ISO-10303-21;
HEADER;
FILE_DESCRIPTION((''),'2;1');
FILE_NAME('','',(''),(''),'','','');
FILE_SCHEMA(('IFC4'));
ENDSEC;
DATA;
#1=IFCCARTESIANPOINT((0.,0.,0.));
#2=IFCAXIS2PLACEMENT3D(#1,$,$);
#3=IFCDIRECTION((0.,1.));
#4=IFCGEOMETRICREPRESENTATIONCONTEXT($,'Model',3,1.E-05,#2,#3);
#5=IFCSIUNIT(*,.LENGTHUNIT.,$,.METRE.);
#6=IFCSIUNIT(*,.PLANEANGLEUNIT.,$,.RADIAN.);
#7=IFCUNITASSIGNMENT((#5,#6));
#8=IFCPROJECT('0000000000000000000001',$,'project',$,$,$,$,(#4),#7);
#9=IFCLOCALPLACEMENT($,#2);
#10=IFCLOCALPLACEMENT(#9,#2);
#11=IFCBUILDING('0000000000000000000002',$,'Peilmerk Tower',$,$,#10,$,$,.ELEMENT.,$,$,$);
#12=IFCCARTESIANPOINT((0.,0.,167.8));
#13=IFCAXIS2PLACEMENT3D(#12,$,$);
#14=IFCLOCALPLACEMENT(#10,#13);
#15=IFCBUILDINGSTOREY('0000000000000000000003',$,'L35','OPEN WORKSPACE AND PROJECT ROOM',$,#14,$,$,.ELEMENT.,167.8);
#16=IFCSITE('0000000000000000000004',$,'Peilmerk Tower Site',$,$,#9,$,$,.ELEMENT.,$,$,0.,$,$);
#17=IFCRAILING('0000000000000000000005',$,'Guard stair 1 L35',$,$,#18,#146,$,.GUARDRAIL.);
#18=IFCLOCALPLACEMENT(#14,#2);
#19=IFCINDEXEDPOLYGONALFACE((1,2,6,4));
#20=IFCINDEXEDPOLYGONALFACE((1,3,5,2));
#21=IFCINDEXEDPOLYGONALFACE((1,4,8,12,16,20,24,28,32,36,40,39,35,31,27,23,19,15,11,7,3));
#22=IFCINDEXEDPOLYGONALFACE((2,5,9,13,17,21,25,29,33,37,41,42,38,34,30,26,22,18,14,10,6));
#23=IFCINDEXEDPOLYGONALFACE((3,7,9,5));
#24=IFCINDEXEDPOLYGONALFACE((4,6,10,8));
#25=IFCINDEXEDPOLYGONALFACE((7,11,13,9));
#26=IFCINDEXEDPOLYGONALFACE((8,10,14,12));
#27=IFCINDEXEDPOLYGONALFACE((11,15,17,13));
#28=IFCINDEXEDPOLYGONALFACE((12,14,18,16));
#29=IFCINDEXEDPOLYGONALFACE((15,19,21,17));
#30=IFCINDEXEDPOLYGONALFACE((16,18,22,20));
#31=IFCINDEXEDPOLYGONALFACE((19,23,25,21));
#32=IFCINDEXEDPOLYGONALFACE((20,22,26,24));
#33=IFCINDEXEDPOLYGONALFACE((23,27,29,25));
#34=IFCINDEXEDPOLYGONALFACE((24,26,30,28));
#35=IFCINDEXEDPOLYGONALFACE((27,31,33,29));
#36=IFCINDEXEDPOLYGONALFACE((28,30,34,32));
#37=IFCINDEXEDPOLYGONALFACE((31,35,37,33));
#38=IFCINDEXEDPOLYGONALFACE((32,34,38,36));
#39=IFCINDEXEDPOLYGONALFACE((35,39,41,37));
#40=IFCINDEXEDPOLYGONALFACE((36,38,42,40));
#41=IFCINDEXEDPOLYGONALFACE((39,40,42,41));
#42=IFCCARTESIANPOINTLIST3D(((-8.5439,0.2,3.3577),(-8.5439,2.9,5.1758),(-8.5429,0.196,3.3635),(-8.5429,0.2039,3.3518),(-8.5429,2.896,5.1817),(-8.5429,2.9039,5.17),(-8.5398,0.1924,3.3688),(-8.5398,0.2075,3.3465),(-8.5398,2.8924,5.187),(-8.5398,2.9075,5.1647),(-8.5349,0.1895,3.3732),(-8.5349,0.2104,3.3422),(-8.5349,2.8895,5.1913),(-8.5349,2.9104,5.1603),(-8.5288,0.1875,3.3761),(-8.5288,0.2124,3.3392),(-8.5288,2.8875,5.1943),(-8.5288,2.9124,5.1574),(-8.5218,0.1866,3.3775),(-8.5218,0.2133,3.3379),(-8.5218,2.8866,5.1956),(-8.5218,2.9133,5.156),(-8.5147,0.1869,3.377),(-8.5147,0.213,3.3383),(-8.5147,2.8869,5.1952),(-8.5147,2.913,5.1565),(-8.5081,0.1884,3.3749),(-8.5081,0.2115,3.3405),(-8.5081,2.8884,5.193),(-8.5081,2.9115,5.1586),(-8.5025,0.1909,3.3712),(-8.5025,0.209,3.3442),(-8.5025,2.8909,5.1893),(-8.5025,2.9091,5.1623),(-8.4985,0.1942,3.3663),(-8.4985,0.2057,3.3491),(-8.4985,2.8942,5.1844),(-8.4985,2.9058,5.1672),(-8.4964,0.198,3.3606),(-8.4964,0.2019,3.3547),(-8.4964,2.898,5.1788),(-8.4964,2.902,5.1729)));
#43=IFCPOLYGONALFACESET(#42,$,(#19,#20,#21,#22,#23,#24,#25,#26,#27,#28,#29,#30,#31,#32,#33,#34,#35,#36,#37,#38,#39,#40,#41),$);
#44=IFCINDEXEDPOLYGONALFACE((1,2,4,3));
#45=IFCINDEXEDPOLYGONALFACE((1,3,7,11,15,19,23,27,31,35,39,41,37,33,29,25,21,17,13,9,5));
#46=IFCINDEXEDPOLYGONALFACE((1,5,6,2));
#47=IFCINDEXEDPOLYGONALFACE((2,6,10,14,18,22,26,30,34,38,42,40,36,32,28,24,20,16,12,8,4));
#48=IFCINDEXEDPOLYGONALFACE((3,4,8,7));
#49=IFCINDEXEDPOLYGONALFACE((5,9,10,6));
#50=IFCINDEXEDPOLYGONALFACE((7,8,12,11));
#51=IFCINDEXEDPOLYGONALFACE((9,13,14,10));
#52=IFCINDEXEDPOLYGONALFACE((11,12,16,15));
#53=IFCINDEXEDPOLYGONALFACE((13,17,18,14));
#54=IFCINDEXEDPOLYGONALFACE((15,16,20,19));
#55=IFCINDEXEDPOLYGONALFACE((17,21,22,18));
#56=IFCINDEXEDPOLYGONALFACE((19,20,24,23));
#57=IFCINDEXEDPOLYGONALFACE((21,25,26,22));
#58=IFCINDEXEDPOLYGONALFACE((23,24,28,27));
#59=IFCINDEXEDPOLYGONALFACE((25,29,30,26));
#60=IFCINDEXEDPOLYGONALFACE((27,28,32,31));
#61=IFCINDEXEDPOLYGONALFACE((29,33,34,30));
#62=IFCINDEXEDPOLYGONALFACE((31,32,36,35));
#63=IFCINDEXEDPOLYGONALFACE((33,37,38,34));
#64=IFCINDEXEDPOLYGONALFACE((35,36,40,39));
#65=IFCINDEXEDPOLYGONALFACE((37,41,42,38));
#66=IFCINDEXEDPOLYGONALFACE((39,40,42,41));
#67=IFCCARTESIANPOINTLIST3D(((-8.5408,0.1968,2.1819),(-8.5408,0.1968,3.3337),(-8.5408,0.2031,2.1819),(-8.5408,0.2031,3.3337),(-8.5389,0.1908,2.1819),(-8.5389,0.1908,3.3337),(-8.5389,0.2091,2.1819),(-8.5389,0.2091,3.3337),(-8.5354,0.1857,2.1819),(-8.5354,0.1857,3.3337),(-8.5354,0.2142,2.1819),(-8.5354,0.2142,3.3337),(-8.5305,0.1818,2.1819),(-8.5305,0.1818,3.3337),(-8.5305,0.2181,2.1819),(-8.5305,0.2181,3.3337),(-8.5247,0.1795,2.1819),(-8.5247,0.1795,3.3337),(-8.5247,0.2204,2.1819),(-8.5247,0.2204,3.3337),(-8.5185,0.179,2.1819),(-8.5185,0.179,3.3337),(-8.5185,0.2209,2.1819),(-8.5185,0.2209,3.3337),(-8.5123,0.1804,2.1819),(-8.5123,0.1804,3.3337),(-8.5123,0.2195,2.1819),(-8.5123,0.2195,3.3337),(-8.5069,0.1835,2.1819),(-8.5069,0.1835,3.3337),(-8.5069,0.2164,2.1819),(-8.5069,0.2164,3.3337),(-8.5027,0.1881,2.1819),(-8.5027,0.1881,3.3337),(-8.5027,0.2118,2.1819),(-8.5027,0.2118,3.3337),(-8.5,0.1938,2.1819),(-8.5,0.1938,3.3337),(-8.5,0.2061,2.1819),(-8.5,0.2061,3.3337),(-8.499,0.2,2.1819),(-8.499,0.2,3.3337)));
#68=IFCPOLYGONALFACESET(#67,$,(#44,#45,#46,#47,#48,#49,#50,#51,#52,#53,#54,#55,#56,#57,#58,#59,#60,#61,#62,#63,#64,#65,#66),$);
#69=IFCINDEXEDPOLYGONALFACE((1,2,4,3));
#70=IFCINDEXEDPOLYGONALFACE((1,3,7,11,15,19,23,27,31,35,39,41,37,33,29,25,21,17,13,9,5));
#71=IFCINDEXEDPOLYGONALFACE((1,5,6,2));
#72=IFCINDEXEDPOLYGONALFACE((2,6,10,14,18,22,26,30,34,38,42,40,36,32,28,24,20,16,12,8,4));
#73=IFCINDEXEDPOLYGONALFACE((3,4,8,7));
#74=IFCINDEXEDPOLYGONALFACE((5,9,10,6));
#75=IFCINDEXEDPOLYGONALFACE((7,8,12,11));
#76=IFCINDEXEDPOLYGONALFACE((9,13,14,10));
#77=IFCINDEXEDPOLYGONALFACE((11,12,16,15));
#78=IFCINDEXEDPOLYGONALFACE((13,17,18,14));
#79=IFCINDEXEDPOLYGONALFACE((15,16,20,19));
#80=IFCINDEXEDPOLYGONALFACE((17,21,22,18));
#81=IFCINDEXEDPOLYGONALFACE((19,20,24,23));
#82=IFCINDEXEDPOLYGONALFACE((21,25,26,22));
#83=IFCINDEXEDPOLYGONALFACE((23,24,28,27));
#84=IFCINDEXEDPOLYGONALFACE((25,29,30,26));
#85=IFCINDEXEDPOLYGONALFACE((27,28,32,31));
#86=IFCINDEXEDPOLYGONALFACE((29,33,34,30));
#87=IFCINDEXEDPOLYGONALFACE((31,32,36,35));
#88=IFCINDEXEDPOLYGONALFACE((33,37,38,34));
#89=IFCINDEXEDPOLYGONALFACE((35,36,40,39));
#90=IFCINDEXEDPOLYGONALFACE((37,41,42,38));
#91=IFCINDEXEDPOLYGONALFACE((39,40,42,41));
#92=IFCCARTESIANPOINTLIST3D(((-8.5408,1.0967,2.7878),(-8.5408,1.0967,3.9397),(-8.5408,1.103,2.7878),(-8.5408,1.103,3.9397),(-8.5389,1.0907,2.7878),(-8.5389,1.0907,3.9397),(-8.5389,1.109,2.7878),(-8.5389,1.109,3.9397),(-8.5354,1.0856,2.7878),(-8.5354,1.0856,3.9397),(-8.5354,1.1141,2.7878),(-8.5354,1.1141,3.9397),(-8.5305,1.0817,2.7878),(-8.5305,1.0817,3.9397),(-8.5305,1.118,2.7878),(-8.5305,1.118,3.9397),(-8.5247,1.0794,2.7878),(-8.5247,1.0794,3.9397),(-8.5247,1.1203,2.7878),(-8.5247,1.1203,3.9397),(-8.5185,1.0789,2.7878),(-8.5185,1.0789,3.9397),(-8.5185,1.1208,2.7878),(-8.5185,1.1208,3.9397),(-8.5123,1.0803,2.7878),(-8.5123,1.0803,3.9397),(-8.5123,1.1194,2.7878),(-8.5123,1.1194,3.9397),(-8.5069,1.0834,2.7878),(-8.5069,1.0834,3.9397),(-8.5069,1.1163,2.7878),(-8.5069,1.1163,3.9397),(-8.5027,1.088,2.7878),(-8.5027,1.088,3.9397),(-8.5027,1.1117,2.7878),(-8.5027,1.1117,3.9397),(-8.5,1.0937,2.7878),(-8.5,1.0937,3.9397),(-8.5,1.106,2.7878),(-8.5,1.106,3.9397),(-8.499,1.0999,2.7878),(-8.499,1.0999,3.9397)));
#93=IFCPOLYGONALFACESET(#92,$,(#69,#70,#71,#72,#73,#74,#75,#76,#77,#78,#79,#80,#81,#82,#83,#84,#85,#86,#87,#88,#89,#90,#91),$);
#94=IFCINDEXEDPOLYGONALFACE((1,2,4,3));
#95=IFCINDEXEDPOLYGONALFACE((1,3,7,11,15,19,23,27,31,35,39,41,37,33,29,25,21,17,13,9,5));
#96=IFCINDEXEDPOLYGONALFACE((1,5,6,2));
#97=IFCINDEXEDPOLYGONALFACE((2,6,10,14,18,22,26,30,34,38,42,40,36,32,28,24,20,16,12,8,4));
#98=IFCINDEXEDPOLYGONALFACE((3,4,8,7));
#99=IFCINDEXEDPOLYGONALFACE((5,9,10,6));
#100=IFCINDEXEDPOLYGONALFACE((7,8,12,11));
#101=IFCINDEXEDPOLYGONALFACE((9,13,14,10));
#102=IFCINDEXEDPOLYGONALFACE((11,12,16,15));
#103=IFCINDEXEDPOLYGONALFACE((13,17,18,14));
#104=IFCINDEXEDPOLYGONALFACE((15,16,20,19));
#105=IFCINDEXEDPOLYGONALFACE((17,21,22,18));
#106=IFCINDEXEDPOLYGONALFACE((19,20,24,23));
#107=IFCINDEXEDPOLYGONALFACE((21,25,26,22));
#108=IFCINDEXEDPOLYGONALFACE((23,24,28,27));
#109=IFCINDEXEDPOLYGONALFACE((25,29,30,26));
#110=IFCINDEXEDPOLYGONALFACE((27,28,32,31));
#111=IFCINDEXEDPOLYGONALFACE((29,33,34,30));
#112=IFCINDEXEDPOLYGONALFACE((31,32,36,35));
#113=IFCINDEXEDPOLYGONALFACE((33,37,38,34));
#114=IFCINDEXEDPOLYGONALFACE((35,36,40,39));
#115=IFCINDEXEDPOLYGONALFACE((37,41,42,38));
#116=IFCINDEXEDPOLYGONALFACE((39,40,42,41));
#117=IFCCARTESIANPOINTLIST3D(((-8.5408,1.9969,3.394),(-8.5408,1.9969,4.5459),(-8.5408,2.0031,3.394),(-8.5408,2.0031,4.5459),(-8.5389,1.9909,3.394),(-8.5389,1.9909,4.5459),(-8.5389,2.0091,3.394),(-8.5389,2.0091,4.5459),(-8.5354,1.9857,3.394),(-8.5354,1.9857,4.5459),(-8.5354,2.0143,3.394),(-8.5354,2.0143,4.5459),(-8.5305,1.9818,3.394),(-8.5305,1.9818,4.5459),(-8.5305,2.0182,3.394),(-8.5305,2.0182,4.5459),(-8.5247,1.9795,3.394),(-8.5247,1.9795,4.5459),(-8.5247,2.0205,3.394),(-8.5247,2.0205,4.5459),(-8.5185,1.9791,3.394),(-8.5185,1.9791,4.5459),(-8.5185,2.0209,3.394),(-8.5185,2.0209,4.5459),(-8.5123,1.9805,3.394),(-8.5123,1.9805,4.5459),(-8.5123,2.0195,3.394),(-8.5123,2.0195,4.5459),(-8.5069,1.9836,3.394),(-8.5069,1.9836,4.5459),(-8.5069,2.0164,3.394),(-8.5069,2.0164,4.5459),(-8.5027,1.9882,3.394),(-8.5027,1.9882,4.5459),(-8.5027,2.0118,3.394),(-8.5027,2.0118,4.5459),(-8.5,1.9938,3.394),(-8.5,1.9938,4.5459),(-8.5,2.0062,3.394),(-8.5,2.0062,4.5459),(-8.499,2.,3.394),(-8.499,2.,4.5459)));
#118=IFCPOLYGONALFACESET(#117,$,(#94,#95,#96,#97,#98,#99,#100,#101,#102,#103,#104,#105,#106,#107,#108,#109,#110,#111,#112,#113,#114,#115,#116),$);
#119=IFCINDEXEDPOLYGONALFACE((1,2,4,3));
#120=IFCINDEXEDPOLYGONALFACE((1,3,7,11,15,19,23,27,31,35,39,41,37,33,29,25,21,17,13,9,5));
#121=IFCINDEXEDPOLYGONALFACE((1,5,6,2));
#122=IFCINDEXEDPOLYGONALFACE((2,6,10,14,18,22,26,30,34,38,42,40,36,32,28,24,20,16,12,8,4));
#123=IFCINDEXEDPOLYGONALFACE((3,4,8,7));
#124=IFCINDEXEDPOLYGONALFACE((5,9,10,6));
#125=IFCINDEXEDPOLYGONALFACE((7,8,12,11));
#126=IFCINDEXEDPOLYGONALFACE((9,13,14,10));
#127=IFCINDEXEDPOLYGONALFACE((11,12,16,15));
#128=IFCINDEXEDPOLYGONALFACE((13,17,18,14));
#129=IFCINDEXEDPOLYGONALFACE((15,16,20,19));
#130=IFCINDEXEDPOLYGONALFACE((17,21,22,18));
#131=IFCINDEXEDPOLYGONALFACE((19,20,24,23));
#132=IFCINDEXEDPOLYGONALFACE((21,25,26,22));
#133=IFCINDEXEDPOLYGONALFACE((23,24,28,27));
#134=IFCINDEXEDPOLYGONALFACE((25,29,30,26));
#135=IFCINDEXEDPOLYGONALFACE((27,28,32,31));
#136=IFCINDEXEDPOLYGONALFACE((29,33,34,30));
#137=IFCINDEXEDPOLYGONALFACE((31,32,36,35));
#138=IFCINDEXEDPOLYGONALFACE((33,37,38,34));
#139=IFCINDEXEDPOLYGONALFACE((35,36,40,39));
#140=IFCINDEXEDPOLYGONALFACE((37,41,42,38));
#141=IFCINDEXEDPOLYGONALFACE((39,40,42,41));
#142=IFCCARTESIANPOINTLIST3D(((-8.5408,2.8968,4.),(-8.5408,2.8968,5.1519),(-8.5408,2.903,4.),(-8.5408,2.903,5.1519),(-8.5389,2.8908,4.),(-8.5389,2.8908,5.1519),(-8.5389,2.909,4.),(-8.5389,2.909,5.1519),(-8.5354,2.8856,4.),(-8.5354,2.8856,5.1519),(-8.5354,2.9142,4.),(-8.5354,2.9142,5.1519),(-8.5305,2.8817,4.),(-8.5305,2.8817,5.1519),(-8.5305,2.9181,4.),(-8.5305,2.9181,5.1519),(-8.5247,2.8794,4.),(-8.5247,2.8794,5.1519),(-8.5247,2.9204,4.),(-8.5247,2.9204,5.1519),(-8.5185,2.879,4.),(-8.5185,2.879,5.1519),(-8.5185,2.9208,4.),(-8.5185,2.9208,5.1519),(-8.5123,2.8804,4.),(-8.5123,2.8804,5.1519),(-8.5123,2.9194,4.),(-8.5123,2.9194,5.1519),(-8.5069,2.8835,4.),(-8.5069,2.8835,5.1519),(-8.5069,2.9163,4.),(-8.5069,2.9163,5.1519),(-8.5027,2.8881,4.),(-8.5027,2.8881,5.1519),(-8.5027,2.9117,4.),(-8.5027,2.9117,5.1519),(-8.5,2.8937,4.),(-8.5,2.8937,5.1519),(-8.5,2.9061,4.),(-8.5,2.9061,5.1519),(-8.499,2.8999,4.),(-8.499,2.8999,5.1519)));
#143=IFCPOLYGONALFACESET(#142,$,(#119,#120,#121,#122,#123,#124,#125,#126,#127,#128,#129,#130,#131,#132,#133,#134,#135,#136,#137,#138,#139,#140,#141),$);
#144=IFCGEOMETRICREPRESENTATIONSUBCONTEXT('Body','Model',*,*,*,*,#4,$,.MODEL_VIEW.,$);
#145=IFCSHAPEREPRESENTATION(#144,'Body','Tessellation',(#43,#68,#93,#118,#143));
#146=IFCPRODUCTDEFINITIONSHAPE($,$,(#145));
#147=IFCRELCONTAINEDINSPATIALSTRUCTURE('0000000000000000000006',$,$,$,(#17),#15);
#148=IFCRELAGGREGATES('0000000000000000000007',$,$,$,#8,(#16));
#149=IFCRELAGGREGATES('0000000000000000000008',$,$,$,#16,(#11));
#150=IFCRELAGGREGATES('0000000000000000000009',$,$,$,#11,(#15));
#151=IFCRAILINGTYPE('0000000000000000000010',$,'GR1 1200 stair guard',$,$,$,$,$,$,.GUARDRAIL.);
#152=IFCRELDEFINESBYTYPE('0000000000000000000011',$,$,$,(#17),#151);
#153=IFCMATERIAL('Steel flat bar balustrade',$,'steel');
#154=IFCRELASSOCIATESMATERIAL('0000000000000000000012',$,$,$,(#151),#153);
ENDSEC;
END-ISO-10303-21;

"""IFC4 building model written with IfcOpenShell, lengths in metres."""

from ifc_helpers import new_model, si_unit, direction, frame, origin, origin_2d, place, context, subcontext, project, spatial, circle, extrude, material, type_object, element, save


model = new_model("IFC4")

# Units and contexts
model_context = context("Model", 3, precision=1e-05, world=origin(), true_north=direction((0.0, 1.0)))
body_context = subcontext(model_context, "Body", "Model", "MODEL_VIEW")
ifc_project = project(units=[si_unit("LENGTHUNIT", "METRE"), si_unit("PLANEANGLEUNIT", "RADIAN")], contexts=[model_context])

# Site, building, storey
site_placement = place(None, origin())
site = spatial("IfcSite", under=ifc_project, at=site_placement, Name="Peilmerk Tower Site", CompositionType="ELEMENT", RefElevation=0.0)
building_placement = place(site_placement, origin())
building = spatial("IfcBuilding", under=site, at=building_placement, Name="Peilmerk Tower", CompositionType="ELEMENT")
storey_placement = place(building_placement, frame((0.0, 0.0, 167.8)))
storey = spatial("IfcBuildingStorey", under=building, at=storey_placement, Name="L35", Description="OPEN WORKSPACE AND PROJECT ROOM", CompositionType="ELEMENT", Elevation=167.8)

# Railing
ifc_material_1 = material(Name="Steel flat bar balustrade", Category="steel")
railing_type_1 = type_object("IfcRailingType", Name="GR1 1200 stair guard", PredefinedType="GUARDRAIL", material=ifc_material_1)
railing_1_placement = place(storey_placement, frame((-8.52, 0.2, 2.1819)))
element("IfcRailing", 1, at=railing_1_placement, inside=storey, type_object=railing_type_1, Name="Guard stair 1 L35", PredefinedType="GUARDRAIL", context=body_context, shape_type="SweptSolid", body=[
    extrude(circle(Radius=0.0239, at=origin_2d()), frame((0.0, 0.0, 1.1758), z_axis=(0.0, 0.829468, 0.558554), x_axis=(-1.0, 0.0, 0.0)), (0.0, 0.0, 1.0), 3.2551),
    extrude(circle(Radius=0.021, at=origin_2d()), origin(), (0.0, 0.0, 1.0), 1.1519),
    extrude(circle(Radius=0.021, at=origin_2d()), frame((0.0, 0.8999, 0.606)), (0.0, 0.0, 1.0), 1.1519),
    extrude(circle(Radius=0.021, at=origin_2d()), frame((0.0, 1.8, 1.2122)), (0.0, 0.0, 1.0), 1.1519),
    extrude(circle(Radius=0.021, at=origin_2d()), frame((0.0, 2.7, 1.8181)), (0.0, 0.0, 1.0), 1.1519),
])

save(model, "model.ifc")
